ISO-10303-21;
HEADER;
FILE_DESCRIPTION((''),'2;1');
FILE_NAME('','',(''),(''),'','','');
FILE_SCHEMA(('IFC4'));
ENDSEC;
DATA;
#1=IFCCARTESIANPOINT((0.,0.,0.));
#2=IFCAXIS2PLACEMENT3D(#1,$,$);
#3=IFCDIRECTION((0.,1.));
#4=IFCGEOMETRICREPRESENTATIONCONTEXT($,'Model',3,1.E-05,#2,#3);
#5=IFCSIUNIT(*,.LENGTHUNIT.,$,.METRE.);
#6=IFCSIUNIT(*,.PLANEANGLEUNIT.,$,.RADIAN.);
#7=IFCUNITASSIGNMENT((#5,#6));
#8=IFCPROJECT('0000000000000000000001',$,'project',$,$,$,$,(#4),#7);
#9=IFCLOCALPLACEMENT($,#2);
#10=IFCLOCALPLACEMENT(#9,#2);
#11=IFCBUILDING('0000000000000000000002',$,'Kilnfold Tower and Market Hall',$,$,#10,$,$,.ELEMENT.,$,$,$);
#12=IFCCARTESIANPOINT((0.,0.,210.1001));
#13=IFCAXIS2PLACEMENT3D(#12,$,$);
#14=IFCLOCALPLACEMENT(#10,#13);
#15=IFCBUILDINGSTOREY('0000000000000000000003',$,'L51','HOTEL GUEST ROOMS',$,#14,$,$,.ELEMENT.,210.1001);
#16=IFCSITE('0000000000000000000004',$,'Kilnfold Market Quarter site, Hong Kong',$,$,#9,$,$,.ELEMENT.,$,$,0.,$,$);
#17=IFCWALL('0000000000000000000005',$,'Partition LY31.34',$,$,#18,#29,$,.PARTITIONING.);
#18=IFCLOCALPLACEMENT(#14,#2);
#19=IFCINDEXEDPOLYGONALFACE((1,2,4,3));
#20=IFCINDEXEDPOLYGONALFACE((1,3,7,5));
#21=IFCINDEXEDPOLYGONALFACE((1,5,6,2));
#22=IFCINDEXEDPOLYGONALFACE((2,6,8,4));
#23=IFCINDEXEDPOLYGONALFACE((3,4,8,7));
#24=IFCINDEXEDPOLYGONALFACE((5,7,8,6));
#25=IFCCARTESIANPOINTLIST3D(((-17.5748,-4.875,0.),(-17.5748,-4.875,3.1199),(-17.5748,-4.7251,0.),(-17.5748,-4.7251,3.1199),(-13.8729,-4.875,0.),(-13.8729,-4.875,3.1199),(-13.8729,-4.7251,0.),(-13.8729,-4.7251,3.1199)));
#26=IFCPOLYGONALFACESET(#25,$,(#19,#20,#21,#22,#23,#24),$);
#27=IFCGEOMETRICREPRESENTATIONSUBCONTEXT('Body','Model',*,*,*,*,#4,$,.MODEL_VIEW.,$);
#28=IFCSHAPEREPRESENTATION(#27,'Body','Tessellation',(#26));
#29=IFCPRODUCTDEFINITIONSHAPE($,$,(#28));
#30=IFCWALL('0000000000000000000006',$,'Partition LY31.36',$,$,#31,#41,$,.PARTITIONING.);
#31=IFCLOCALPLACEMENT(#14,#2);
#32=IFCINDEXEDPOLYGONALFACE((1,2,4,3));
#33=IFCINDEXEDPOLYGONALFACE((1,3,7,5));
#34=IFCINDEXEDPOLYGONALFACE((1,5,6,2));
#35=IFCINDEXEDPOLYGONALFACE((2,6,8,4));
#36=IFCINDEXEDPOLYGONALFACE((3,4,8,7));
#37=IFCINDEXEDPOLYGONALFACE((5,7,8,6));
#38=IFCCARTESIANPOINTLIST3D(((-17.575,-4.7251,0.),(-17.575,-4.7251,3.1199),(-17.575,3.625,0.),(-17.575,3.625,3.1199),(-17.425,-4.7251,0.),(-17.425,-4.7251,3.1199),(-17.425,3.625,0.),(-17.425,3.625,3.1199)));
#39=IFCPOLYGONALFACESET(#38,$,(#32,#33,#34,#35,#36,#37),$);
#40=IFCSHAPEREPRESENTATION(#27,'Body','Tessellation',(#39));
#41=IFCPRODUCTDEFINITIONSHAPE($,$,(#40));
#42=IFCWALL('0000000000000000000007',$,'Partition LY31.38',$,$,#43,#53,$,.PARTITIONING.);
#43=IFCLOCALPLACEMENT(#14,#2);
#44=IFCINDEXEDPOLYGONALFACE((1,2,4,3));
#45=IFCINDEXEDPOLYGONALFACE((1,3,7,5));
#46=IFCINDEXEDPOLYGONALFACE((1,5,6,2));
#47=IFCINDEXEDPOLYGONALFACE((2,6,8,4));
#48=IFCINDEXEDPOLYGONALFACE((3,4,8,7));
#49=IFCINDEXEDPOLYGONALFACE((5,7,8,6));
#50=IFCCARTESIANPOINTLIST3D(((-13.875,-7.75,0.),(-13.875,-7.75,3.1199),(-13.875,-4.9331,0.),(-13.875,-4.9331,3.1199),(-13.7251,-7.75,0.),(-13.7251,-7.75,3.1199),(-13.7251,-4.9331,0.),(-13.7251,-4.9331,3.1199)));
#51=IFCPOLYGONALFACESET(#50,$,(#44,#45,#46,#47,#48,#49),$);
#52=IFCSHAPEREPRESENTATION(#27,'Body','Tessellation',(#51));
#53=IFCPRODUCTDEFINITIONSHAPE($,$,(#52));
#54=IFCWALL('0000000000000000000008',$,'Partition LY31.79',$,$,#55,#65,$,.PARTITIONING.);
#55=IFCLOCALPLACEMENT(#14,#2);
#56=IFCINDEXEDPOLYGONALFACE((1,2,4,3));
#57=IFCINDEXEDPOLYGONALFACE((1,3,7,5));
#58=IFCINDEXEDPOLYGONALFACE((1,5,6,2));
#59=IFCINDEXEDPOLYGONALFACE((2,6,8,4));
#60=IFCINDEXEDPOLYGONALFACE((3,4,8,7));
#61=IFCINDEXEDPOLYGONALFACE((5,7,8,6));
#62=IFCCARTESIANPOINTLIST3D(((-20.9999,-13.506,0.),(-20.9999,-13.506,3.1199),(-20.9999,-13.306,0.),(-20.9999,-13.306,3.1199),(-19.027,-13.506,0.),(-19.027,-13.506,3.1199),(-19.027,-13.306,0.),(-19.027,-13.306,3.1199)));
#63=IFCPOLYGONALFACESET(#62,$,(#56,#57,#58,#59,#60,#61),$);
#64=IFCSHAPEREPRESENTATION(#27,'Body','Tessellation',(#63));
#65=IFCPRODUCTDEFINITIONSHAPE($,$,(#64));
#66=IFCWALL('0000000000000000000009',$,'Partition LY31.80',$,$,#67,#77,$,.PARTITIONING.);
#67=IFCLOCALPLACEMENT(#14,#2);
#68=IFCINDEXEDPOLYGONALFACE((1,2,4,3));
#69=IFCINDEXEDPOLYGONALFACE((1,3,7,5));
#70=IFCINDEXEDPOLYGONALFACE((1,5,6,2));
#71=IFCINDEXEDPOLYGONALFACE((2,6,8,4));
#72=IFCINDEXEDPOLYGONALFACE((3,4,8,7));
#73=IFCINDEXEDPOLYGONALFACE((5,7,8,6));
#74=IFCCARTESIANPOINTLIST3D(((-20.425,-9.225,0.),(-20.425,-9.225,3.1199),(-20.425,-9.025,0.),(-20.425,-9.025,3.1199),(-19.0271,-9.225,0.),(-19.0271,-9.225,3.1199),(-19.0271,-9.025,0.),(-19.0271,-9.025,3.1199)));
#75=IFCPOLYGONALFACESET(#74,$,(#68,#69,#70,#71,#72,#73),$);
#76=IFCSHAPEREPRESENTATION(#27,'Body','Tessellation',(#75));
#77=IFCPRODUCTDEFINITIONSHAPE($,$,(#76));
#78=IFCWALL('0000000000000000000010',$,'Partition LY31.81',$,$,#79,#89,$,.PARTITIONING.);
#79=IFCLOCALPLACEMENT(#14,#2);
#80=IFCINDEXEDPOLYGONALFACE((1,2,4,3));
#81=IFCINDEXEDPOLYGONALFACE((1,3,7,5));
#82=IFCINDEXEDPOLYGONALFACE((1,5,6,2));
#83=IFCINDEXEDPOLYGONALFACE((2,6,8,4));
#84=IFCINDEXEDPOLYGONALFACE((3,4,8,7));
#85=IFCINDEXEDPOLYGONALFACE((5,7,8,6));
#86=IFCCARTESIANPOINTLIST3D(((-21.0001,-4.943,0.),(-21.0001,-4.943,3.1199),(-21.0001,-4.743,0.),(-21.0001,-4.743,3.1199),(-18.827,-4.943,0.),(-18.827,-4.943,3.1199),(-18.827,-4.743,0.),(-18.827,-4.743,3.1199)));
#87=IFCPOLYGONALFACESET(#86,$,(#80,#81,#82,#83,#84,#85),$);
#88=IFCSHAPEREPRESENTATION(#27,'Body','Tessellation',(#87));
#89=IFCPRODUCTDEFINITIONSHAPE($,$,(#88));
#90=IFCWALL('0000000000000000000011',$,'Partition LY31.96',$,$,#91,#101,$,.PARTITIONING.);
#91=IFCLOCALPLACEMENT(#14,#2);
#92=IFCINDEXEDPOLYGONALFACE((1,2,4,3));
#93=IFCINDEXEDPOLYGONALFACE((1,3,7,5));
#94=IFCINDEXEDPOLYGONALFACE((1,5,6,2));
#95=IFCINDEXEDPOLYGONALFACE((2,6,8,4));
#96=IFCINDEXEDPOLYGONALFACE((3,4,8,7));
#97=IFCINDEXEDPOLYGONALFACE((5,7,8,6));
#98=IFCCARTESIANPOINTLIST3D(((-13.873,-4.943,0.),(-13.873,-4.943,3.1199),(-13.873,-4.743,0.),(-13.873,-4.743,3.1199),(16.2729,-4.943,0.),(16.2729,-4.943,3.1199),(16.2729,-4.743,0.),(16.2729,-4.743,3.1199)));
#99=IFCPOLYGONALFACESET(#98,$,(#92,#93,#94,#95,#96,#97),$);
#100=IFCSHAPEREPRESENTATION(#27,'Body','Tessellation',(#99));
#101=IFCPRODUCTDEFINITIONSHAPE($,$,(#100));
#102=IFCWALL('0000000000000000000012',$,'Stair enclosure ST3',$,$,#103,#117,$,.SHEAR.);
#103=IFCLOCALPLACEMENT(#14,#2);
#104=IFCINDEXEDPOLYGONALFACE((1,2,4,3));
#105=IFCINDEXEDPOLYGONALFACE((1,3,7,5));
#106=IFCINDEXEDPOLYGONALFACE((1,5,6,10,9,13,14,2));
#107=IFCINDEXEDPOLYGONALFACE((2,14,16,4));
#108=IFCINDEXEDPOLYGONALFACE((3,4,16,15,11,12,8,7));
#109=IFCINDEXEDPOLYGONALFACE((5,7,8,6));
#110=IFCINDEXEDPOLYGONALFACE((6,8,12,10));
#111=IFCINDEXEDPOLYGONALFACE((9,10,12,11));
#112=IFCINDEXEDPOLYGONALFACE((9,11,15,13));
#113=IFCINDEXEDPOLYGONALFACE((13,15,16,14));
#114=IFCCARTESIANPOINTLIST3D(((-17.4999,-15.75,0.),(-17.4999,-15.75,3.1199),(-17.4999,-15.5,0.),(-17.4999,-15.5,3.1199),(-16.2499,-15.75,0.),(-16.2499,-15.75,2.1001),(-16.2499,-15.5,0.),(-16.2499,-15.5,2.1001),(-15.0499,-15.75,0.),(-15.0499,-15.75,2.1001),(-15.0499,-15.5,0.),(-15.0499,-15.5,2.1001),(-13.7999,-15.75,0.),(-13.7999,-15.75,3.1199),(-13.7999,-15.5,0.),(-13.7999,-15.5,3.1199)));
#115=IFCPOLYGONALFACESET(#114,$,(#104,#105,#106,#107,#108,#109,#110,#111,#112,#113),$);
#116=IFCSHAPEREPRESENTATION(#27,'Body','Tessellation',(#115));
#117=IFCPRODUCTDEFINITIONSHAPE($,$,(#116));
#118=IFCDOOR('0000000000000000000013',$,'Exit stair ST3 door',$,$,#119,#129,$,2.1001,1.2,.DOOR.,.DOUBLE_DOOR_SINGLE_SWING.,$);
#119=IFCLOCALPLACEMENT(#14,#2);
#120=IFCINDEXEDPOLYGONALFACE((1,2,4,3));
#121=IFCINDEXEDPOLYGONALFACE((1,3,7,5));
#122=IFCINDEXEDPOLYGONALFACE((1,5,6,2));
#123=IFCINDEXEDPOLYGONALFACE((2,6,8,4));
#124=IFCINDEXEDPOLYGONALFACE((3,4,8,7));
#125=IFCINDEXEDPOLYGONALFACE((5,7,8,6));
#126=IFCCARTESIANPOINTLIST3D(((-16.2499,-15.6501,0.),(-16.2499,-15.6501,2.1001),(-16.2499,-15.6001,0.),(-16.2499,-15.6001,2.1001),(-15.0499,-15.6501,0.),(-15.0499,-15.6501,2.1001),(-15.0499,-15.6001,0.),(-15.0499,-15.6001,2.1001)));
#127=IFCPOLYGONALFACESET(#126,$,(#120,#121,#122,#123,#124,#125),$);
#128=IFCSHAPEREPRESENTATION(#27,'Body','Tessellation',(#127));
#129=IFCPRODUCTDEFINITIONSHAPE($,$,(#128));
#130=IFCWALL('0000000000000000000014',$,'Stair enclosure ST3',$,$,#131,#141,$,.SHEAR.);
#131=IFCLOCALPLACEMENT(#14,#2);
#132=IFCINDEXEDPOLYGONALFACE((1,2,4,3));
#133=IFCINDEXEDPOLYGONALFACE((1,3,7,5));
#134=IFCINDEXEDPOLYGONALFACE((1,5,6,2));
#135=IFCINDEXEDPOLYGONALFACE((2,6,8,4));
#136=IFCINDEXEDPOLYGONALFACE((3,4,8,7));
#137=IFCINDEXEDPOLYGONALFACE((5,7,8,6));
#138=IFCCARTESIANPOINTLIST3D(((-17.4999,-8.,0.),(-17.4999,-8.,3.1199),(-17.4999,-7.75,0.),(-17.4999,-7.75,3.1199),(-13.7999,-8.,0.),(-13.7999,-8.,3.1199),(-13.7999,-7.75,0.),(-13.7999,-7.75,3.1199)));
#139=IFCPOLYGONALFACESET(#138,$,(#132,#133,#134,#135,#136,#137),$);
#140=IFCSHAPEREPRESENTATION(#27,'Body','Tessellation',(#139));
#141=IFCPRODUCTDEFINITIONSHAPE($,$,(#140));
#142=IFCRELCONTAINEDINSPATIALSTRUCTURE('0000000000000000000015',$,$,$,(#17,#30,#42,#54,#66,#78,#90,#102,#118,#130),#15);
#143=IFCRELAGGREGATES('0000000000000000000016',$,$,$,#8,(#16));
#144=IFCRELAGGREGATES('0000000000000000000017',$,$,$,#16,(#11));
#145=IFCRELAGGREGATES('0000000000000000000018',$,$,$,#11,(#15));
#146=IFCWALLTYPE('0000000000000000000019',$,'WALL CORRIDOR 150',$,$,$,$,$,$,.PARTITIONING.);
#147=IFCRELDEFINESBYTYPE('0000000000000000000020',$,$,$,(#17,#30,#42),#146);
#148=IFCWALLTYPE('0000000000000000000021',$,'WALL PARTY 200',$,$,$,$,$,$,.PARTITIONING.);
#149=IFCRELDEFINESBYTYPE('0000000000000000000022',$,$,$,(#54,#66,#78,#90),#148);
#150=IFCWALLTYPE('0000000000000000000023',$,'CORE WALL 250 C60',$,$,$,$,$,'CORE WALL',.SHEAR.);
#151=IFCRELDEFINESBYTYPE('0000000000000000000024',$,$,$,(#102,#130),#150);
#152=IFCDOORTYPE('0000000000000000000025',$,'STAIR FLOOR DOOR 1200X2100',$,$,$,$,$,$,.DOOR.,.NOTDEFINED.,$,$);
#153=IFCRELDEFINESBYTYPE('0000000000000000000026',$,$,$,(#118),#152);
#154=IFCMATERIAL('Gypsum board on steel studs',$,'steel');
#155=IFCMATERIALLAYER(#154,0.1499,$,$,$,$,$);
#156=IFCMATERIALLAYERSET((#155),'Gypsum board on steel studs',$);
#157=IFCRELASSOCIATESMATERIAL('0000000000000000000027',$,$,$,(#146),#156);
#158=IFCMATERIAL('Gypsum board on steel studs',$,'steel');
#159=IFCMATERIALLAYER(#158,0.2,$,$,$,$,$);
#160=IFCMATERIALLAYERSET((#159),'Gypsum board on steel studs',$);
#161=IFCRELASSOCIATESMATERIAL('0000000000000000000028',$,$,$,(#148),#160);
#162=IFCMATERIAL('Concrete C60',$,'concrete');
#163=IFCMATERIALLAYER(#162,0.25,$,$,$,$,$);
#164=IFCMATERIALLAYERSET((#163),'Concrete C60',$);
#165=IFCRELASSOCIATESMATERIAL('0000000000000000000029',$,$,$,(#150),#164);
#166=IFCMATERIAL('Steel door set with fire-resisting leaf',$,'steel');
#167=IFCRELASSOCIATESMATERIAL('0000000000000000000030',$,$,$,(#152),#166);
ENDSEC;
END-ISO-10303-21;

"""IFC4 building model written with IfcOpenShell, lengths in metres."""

from ifc_helpers import new_model, si_unit, direction, frame, frame_2d, origin, place, context, subcontext, project, spatial, rectangle, extrude, source, transform, mapped, material, layer, layer_set, type_object, element, fill, save


model = new_model("IFC4")

# Units and contexts
model_context = context("Model", 3, precision=1e-05, world=origin(), true_north=direction((0.0, 1.0)))
body_context = subcontext(model_context, "Body", "Model", "MODEL_VIEW")
ifc_project = project(units=[si_unit("LENGTHUNIT", "METRE"), si_unit("PLANEANGLEUNIT", "RADIAN")], contexts=[model_context])

# Site, building, storey
site_placement = place(None, origin())
site = spatial("IfcSite", under=ifc_project, at=site_placement, Name="Kilnfold Market Quarter site, Hong Kong", CompositionType="ELEMENT", RefElevation=0.0)
building_placement = place(site_placement, origin())
building = spatial("IfcBuilding", under=site, at=building_placement, Name="Kilnfold Tower and Market Hall", CompositionType="ELEMENT")
storey_placement = place(building_placement, frame((0.0, 0.0, 210.1001)))
storey = spatial("IfcBuildingStorey", under=building, at=storey_placement, Name="L51", Description="HOTEL GUEST ROOMS", CompositionType="ELEMENT", Elevation=210.1001)

# Shared definitions
ifc_material_1 = material(Name="Gypsum board on steel studs", Category="steel")
ifc_layer_1 = layer(ifc_material_1, 0.1499)
ifc_layer_set_1 = layer_set([ifc_layer_1], Name="Gypsum board on steel studs")
wall_type_1 = type_object("IfcWallType", Name="WALL CORRIDOR 150", PredefinedType="PARTITIONING", material=ifc_layer_set_1)

# Walls
wall_1_placement = place(storey_placement, frame((-17.575, -4.8, 0.0), z_axis=(0.0, 0.0, 1.0), x_axis=(1.0, 0.0, 0.0)))
element("IfcWall", 1, at=wall_1_placement, inside=storey, type_object=wall_type_1, Name="Partition LY31.34", PredefinedType="PARTITIONING", context=body_context, shape_type="SweptSolid", body=[
    extrude(rectangle(XDim=3.7019, YDim=0.1499, at=frame_2d((1.8511, 0.0))), origin(), (0.0, 0.0, 1.0), 3.1199),
])
wall_2_placement = place(storey_placement, frame((-17.5, -4.7251, 0.0), z_axis=(0.0, 0.0, 1.0), x_axis=(0.0, 1.0, 0.0)))
element("IfcWall", 2, at=wall_2_placement, inside=storey, type_object=wall_type_1, Name="Partition LY31.36", PredefinedType="PARTITIONING", context=body_context, shape_type="SweptSolid", body=[
    extrude(rectangle(XDim=8.3501, YDim=0.1499, at=frame_2d((4.175, 0.0))), origin(), (0.0, 0.0, 1.0), 3.1199),
])
wall_3_placement = place(storey_placement, frame((-13.8, -7.75, 0.0), z_axis=(0.0, 0.0, 1.0), x_axis=(0.0, 1.0, 0.0)))
element("IfcWall", 3, at=wall_3_placement, inside=storey, type_object=wall_type_1, Name="Partition LY31.38", PredefinedType="PARTITIONING", context=body_context, shape_type="SweptSolid", body=[
    extrude(rectangle(XDim=2.8169, YDim=0.1499, at=frame_2d((1.4084, 0.0))), origin(), (0.0, 0.0, 1.0), 3.1199),
])
ifc_material_2 = material(Name="Gypsum board on steel studs", Category="steel")
ifc_layer_2 = layer(ifc_material_2, 0.2)
ifc_layer_set_2 = layer_set([ifc_layer_2], Name="Gypsum board on steel studs")
wall_type_2 = type_object("IfcWallType", Name="WALL PARTY 200", PredefinedType="PARTITIONING", material=ifc_layer_set_2)
wall_4_placement = place(storey_placement, frame((-19.0271, -13.406, 0.0), z_axis=(0.0, 0.0, 1.0), x_axis=(-1.0, 0.0, 0.0)))
element("IfcWall", 4, at=wall_4_placement, inside=storey, type_object=wall_type_2, Name="Partition LY31.79", PredefinedType="PARTITIONING", context=body_context, shape_type="SweptSolid", body=[
    extrude(rectangle(XDim=1.9729, YDim=0.2, at=frame_2d((0.9863, 0.0))), origin(), (0.0, 0.0, 1.0), 3.1199),
])
wall_5_placement = place(storey_placement, frame((-20.425, -9.125, 0.0), z_axis=(0.0, 0.0, 1.0), x_axis=(1.0, 0.0, 0.0)))
element("IfcWall", 5, at=wall_5_placement, inside=storey, type_object=wall_type_2, Name="Partition LY31.80", PredefinedType="PARTITIONING", context=body_context, shape_type="SweptSolid", body=[
    extrude(rectangle(XDim=1.3979, YDim=0.2, at=frame_2d((0.699, 0.0))), origin(), (0.0, 0.0, 1.0), 3.1199),
])
wall_6_placement = place(storey_placement, frame((-21.0, -4.843, 0.0), z_axis=(0.0, 0.0, 1.0), x_axis=(1.0, 0.0, 0.0)))
element("IfcWall", 6, at=wall_6_placement, inside=storey, type_object=wall_type_2, Name="Partition LY31.81", PredefinedType="PARTITIONING", context=body_context, shape_type="SweptSolid", body=[
    extrude(rectangle(XDim=2.1731, YDim=0.2, at=frame_2d((1.0864, 0.0))), origin(), (0.0, 0.0, 1.0), 3.1199),
])
wall_7_placement = place(storey_placement, frame((-13.873, -4.843, 0.0), z_axis=(0.0, 0.0, 1.0), x_axis=(1.0, 0.0, 0.0)))
element("IfcWall", 7, at=wall_7_placement, inside=storey, type_object=wall_type_2, Name="Partition LY31.96", PredefinedType="PARTITIONING", context=body_context, shape_type="SweptSolid", body=[
    extrude(rectangle(XDim=30.146, YDim=0.2, at=frame_2d((15.073, 0.0))), origin(), (0.0, 0.0, 1.0), 3.1199),
])

# Wall, opening, door
ifc_material_3 = material(Name="Concrete C60", Category="concrete")
ifc_layer_3 = layer(ifc_material_3, 0.25)
ifc_layer_set_3 = layer_set([ifc_layer_3], Name="Concrete C60")
wall_type_3 = type_object("IfcWallType", Name="CORE WALL 250 C60", ElementType="CORE WALL", PredefinedType="SHEAR", material=ifc_layer_set_3)
shared_shape_1 = source(origin(), body_context, "Body", "SweptSolid", [
    extrude(rectangle(XDim=3.7, YDim=0.25, at=frame_2d((1.8501, 0.0))), origin(), (0.0, 0.0, 1.0), 3.1199),
])
wall_8_placement = place(storey_placement, frame((-17.5, -15.625, 0.0), z_axis=(0.0, 0.0, 1.0), x_axis=(1.0, 0.0, 0.0)))
wall_8 = element("IfcWall", 8, at=wall_8_placement, inside=storey, type_object=wall_type_3, Name="Stair enclosure ST3", PredefinedType="SHEAR", context=body_context, shape_type="MappedRepresentation", body=[
    mapped(shared_shape_1, transform((0.0, 0.0, 0.0))),
])
opening_1_placement = place(wall_8_placement, frame((1.25, 0.0, 0.0)))
opening_1 = element("IfcOpeningElement", 9, at=opening_1_placement, cuts=wall_8, PredefinedType="OPENING", context=body_context, shape_type="SweptSolid", body=[
    extrude(rectangle(XDim=1.2, YDim=2.1001, at=frame_2d((0.6001, 1.05))), frame((0.0, 0.135, 0.0), z_axis=(0.0, -1.0, 0.0), x_axis=(1.0, 0.0, 0.0)), (0.0, 0.0, 1.0), 0.27),
])
ifc_material_4 = material(Name="Steel door set with fire-resisting leaf", Category="steel")
door_type_1 = type_object("IfcDoorType", Name="STAIR FLOOR DOOR 1200X2100", OperationType="NOTDEFINED", PredefinedType="DOOR", material=ifc_material_4)
door_1_placement = place(opening_1_placement, origin())
door_1 = element("IfcDoor", 10, at=door_1_placement, inside=storey, type_object=door_type_1, Name="Exit stair ST3 door", OperationType="DOUBLE_DOOR_SINGLE_SWING", OverallHeight=2.1001, OverallWidth=1.2, PredefinedType="DOOR", context=body_context, shape_type="SweptSolid", body=[
    extrude(rectangle(XDim=1.2, YDim=2.1001, at=frame_2d((0.6001, 1.05))), frame((0.0, 0.0249, 0.0), z_axis=(0.0, -1.0, 0.0), x_axis=(1.0, 0.0, 0.0)), (0.0, 0.0, 1.0), 0.05),
])
fill(opening_1, door_1)

# Wall
wall_9_placement = place(storey_placement, frame((-17.5, -7.875, 0.0), z_axis=(0.0, 0.0, 1.0), x_axis=(1.0, 0.0, 0.0)))
element("IfcWall", 11, at=wall_9_placement, inside=storey, type_object=wall_type_3, Name="Stair enclosure ST3", PredefinedType="SHEAR", context=body_context, shape_type="MappedRepresentation", body=[
    mapped(shared_shape_1, transform((0.0, 0.0, 0.0))),
])

save(model, "model.ifc")
